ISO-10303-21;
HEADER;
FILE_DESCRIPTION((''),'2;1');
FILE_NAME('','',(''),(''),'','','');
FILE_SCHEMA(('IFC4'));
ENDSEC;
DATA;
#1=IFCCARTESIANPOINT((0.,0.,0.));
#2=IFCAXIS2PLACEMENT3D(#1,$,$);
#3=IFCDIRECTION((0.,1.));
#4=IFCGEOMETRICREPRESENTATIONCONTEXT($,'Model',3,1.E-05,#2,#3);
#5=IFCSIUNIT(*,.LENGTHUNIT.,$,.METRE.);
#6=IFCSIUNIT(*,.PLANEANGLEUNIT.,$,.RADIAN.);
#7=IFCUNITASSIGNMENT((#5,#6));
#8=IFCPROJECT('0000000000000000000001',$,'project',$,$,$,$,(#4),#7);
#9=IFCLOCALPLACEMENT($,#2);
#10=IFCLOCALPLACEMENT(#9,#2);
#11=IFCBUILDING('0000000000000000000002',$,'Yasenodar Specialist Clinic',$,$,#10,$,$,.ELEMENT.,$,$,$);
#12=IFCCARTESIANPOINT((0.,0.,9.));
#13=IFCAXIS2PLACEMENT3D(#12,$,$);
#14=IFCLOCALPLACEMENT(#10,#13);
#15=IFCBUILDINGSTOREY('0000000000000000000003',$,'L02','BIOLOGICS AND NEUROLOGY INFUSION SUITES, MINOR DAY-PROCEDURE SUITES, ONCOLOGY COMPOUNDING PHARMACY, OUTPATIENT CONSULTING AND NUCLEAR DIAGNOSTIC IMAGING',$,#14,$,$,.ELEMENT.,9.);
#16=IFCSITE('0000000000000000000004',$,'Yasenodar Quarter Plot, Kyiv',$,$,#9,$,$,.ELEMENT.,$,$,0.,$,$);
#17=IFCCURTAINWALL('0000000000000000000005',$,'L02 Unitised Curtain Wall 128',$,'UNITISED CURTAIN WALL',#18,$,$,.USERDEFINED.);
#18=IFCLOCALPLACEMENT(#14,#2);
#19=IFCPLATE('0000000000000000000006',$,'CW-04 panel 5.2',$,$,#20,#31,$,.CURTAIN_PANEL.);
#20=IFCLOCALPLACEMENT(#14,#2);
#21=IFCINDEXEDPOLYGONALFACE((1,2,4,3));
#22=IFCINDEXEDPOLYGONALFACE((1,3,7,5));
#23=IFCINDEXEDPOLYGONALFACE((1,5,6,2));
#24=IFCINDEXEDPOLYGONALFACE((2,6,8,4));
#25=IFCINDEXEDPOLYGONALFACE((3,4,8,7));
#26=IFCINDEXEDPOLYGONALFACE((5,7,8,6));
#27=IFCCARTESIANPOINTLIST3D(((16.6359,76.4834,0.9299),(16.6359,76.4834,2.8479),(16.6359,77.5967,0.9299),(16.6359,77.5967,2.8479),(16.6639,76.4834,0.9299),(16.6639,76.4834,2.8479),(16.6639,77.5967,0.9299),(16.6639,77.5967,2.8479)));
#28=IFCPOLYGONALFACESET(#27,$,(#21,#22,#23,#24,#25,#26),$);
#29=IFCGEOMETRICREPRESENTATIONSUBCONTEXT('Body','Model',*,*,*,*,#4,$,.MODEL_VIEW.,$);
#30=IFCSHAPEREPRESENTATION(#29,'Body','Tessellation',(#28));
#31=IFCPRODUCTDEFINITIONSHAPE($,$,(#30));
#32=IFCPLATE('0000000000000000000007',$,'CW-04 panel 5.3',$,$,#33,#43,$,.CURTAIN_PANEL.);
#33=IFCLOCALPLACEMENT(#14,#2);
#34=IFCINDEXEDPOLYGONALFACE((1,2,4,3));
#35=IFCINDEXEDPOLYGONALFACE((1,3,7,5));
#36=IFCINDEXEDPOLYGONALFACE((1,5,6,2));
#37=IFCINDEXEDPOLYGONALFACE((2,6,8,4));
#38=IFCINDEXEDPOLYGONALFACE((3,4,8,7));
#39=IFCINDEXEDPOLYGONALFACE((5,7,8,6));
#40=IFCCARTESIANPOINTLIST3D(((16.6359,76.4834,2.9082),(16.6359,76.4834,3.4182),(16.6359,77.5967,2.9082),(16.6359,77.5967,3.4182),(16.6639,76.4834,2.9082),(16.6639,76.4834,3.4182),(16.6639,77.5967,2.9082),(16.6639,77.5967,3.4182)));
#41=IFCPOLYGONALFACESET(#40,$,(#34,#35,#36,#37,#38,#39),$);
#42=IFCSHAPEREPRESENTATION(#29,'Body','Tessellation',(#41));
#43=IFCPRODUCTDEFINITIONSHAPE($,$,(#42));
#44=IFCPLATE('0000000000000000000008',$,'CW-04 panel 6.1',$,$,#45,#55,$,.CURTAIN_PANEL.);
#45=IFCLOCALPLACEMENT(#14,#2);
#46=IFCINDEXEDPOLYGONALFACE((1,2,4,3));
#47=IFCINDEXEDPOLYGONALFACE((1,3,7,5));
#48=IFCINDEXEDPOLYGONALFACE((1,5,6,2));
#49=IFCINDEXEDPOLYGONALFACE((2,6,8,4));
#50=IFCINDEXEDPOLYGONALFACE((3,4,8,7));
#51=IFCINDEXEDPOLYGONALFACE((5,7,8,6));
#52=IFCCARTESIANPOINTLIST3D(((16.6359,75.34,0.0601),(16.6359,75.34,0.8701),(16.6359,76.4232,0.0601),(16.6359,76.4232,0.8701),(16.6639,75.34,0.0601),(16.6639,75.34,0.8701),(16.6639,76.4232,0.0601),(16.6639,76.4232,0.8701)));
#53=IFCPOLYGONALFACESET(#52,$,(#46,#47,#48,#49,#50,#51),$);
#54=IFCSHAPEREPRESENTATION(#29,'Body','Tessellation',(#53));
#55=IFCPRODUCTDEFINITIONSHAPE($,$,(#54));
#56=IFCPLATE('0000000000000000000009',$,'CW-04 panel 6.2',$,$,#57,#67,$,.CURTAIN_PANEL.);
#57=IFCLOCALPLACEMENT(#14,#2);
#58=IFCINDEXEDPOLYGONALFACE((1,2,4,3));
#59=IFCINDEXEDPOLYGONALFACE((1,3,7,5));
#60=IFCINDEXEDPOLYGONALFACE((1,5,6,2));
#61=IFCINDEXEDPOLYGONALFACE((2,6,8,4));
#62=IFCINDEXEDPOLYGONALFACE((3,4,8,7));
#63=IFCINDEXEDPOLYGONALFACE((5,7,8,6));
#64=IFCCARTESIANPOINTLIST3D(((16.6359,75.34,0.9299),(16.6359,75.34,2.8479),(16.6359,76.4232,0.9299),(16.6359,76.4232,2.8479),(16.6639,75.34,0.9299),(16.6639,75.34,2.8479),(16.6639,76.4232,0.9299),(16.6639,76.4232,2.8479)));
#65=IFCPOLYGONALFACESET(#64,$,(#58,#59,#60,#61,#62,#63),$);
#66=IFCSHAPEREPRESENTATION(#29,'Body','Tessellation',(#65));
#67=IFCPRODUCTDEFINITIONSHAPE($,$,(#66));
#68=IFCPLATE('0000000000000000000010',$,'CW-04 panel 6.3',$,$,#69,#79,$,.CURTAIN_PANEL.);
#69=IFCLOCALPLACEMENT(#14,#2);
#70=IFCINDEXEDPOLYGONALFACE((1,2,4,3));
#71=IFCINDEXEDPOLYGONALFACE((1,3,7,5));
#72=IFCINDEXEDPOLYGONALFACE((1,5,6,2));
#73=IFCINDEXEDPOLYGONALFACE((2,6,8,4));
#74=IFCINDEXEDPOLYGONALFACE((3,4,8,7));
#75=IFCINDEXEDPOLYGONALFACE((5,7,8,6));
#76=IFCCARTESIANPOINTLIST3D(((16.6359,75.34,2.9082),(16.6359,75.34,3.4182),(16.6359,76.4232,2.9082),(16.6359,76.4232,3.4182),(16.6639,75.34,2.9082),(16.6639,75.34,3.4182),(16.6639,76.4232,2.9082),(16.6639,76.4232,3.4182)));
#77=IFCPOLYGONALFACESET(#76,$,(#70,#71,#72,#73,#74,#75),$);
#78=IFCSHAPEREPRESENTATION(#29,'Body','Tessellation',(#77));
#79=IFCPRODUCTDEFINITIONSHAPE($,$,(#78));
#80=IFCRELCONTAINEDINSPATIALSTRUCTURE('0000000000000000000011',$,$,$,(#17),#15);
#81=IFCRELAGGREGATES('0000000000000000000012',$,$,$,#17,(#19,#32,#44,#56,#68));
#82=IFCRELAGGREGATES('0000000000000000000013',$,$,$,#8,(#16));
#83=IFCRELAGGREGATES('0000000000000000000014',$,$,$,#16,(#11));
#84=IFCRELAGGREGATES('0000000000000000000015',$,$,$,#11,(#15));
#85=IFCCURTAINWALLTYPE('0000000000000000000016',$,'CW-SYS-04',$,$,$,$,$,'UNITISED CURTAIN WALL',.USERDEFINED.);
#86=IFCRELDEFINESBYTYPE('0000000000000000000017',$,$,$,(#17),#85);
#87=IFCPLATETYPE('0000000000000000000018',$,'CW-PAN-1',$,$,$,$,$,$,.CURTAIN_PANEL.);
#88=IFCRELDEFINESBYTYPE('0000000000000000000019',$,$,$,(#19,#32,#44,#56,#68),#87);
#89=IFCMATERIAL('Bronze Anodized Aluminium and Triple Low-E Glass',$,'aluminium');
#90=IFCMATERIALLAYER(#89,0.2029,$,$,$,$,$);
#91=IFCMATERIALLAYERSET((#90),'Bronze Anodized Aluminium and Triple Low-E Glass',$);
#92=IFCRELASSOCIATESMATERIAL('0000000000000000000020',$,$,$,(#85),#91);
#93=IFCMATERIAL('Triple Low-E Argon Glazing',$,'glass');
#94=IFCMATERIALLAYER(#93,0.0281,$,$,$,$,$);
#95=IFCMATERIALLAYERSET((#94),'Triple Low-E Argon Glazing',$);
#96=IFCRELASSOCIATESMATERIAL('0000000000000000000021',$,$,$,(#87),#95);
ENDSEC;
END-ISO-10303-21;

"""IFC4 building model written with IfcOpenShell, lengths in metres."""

from ifc_helpers import new_model, si_unit, direction, frame, origin, origin_2d, place, context, subcontext, project, spatial, rectangle, extrude, material, layer, layer_set, type_object, element, aggregate, save


model = new_model("IFC4")

# Units and contexts
model_context = context("Model", 3, precision=1e-05, world=origin(), true_north=direction((0.0, 1.0)))
body_context = subcontext(model_context, "Body", "Model", "MODEL_VIEW")
ifc_project = project(units=[si_unit("LENGTHUNIT", "METRE"), si_unit("PLANEANGLEUNIT", "RADIAN")], contexts=[model_context])

# Site, building, storey
site_placement = place(None, origin())
site = spatial("IfcSite", under=ifc_project, at=site_placement, Name="Yasenodar Quarter Plot, Kyiv", CompositionType="ELEMENT", RefElevation=0.0)
building_placement = place(site_placement, origin())
building = spatial("IfcBuilding", under=site, at=building_placement, Name="Yasenodar Specialist Clinic", CompositionType="ELEMENT")
storey_placement = place(building_placement, frame((0.0, 0.0, 9.0)))
storey = spatial("IfcBuildingStorey", under=building, at=storey_placement, Name="L02", Description="BIOLOGICS AND NEUROLOGY INFUSION SUITES, MINOR DAY-PROCEDURE SUITES, ONCOLOGY COMPOUNDING PHARMACY, OUTPATIENT CONSULTING AND NUCLEAR DIAGNOSTIC IMAGING", CompositionType="ELEMENT", Elevation=9.0)

# Curtain wall, plates
ifc_material_1 = material(Name="Bronze Anodized Aluminium and Triple Low-E Glass", Category="aluminium")
ifc_layer_1 = layer(ifc_material_1, 0.2029)
ifc_layer_set_1 = layer_set([ifc_layer_1], Name="Bronze Anodized Aluminium and Triple Low-E Glass")
curtain_wall_type = type_object("IfcCurtainWallType", Name="CW-SYS-04", ElementType="UNITISED CURTAIN WALL", PredefinedType="USERDEFINED", material=ifc_layer_set_1)
curtain_wall_placement = place(storey_placement, origin())
curtain_wall = element("IfcCurtainWall", 1, at=curtain_wall_placement, inside=storey, type_object=curtain_wall_type, Name="L02 Unitised Curtain Wall 128", ObjectType="UNITISED CURTAIN WALL", PredefinedType="USERDEFINED")
ifc_material_2 = material(Name="Triple Low-E Argon Glazing", Category="glass")
ifc_layer_2 = layer(ifc_material_2, 0.0281)
ifc_layer_set_2 = layer_set([ifc_layer_2], Name="Triple Low-E Argon Glazing")
plate_type = type_object("IfcPlateType", Name="CW-PAN-1", PredefinedType="CURTAIN_PANEL", material=ifc_layer_set_2)
plate_1_placement = place(storey_placement, frame((16.6499, 77.04, 0.9299), z_axis=(0.0, 0.0, 1.0), x_axis=(0.0, -1.0, 0.0)))
plate_1 = element("IfcPlate", 2, at=plate_1_placement, type_object=plate_type, Name="CW-04 panel 5.2", PredefinedType="CURTAIN_PANEL", context=body_context, shape_type="SweptSolid", body=[
    extrude(rectangle(XDim=1.1133, YDim=0.0281, at=origin_2d()), origin(), (0.0, 0.0, 1.0), 1.918),
])
plate_2_placement = place(storey_placement, frame((16.6499, 77.04, 2.9082), z_axis=(0.0, 0.0, 1.0), x_axis=(0.0, -1.0, 0.0)))
plate_2 = element("IfcPlate", 3, at=plate_2_placement, type_object=plate_type, Name="CW-04 panel 5.3", PredefinedType="CURTAIN_PANEL", context=body_context, shape_type="SweptSolid", body=[
    extrude(rectangle(XDim=1.1133, YDim=0.0281, at=origin_2d()), origin(), (0.0, 0.0, 1.0), 0.51),
])
plate_3_placement = place(storey_placement, frame((16.6499, 75.8816, 0.0601), z_axis=(0.0, 0.0, 1.0), x_axis=(0.0, -1.0, 0.0)))
plate_3 = element("IfcPlate", 4, at=plate_3_placement, type_object=plate_type, Name="CW-04 panel 6.1", PredefinedType="CURTAIN_PANEL", context=body_context, shape_type="SweptSolid", body=[
    extrude(rectangle(XDim=1.0833, YDim=0.0281, at=origin_2d()), origin(), (0.0, 0.0, 1.0), 0.8101),
])
plate_4_placement = place(storey_placement, frame((16.6499, 75.8816, 0.9299), z_axis=(0.0, 0.0, 1.0), x_axis=(0.0, -1.0, 0.0)))
plate_4 = element("IfcPlate", 5, at=plate_4_placement, type_object=plate_type, Name="CW-04 panel 6.2", PredefinedType="CURTAIN_PANEL", context=body_context, shape_type="SweptSolid", body=[
    extrude(rectangle(XDim=1.0833, YDim=0.0281, at=origin_2d()), origin(), (0.0, 0.0, 1.0), 1.918),
])
plate_5_placement = place(storey_placement, frame((16.6499, 75.8816, 2.9082), z_axis=(0.0, 0.0, 1.0), x_axis=(0.0, -1.0, 0.0)))
plate_5 = element("IfcPlate", 6, at=plate_5_placement, type_object=plate_type, Name="CW-04 panel 6.3", PredefinedType="CURTAIN_PANEL", context=body_context, shape_type="SweptSolid", body=[
    extrude(rectangle(XDim=1.0833, YDim=0.0281, at=origin_2d()), origin(), (0.0, 0.0, 1.0), 0.51),
])
aggregate(curtain_wall, [plate_1, plate_2, plate_3, plate_4, plate_5])

save(model, "model.ifc")
